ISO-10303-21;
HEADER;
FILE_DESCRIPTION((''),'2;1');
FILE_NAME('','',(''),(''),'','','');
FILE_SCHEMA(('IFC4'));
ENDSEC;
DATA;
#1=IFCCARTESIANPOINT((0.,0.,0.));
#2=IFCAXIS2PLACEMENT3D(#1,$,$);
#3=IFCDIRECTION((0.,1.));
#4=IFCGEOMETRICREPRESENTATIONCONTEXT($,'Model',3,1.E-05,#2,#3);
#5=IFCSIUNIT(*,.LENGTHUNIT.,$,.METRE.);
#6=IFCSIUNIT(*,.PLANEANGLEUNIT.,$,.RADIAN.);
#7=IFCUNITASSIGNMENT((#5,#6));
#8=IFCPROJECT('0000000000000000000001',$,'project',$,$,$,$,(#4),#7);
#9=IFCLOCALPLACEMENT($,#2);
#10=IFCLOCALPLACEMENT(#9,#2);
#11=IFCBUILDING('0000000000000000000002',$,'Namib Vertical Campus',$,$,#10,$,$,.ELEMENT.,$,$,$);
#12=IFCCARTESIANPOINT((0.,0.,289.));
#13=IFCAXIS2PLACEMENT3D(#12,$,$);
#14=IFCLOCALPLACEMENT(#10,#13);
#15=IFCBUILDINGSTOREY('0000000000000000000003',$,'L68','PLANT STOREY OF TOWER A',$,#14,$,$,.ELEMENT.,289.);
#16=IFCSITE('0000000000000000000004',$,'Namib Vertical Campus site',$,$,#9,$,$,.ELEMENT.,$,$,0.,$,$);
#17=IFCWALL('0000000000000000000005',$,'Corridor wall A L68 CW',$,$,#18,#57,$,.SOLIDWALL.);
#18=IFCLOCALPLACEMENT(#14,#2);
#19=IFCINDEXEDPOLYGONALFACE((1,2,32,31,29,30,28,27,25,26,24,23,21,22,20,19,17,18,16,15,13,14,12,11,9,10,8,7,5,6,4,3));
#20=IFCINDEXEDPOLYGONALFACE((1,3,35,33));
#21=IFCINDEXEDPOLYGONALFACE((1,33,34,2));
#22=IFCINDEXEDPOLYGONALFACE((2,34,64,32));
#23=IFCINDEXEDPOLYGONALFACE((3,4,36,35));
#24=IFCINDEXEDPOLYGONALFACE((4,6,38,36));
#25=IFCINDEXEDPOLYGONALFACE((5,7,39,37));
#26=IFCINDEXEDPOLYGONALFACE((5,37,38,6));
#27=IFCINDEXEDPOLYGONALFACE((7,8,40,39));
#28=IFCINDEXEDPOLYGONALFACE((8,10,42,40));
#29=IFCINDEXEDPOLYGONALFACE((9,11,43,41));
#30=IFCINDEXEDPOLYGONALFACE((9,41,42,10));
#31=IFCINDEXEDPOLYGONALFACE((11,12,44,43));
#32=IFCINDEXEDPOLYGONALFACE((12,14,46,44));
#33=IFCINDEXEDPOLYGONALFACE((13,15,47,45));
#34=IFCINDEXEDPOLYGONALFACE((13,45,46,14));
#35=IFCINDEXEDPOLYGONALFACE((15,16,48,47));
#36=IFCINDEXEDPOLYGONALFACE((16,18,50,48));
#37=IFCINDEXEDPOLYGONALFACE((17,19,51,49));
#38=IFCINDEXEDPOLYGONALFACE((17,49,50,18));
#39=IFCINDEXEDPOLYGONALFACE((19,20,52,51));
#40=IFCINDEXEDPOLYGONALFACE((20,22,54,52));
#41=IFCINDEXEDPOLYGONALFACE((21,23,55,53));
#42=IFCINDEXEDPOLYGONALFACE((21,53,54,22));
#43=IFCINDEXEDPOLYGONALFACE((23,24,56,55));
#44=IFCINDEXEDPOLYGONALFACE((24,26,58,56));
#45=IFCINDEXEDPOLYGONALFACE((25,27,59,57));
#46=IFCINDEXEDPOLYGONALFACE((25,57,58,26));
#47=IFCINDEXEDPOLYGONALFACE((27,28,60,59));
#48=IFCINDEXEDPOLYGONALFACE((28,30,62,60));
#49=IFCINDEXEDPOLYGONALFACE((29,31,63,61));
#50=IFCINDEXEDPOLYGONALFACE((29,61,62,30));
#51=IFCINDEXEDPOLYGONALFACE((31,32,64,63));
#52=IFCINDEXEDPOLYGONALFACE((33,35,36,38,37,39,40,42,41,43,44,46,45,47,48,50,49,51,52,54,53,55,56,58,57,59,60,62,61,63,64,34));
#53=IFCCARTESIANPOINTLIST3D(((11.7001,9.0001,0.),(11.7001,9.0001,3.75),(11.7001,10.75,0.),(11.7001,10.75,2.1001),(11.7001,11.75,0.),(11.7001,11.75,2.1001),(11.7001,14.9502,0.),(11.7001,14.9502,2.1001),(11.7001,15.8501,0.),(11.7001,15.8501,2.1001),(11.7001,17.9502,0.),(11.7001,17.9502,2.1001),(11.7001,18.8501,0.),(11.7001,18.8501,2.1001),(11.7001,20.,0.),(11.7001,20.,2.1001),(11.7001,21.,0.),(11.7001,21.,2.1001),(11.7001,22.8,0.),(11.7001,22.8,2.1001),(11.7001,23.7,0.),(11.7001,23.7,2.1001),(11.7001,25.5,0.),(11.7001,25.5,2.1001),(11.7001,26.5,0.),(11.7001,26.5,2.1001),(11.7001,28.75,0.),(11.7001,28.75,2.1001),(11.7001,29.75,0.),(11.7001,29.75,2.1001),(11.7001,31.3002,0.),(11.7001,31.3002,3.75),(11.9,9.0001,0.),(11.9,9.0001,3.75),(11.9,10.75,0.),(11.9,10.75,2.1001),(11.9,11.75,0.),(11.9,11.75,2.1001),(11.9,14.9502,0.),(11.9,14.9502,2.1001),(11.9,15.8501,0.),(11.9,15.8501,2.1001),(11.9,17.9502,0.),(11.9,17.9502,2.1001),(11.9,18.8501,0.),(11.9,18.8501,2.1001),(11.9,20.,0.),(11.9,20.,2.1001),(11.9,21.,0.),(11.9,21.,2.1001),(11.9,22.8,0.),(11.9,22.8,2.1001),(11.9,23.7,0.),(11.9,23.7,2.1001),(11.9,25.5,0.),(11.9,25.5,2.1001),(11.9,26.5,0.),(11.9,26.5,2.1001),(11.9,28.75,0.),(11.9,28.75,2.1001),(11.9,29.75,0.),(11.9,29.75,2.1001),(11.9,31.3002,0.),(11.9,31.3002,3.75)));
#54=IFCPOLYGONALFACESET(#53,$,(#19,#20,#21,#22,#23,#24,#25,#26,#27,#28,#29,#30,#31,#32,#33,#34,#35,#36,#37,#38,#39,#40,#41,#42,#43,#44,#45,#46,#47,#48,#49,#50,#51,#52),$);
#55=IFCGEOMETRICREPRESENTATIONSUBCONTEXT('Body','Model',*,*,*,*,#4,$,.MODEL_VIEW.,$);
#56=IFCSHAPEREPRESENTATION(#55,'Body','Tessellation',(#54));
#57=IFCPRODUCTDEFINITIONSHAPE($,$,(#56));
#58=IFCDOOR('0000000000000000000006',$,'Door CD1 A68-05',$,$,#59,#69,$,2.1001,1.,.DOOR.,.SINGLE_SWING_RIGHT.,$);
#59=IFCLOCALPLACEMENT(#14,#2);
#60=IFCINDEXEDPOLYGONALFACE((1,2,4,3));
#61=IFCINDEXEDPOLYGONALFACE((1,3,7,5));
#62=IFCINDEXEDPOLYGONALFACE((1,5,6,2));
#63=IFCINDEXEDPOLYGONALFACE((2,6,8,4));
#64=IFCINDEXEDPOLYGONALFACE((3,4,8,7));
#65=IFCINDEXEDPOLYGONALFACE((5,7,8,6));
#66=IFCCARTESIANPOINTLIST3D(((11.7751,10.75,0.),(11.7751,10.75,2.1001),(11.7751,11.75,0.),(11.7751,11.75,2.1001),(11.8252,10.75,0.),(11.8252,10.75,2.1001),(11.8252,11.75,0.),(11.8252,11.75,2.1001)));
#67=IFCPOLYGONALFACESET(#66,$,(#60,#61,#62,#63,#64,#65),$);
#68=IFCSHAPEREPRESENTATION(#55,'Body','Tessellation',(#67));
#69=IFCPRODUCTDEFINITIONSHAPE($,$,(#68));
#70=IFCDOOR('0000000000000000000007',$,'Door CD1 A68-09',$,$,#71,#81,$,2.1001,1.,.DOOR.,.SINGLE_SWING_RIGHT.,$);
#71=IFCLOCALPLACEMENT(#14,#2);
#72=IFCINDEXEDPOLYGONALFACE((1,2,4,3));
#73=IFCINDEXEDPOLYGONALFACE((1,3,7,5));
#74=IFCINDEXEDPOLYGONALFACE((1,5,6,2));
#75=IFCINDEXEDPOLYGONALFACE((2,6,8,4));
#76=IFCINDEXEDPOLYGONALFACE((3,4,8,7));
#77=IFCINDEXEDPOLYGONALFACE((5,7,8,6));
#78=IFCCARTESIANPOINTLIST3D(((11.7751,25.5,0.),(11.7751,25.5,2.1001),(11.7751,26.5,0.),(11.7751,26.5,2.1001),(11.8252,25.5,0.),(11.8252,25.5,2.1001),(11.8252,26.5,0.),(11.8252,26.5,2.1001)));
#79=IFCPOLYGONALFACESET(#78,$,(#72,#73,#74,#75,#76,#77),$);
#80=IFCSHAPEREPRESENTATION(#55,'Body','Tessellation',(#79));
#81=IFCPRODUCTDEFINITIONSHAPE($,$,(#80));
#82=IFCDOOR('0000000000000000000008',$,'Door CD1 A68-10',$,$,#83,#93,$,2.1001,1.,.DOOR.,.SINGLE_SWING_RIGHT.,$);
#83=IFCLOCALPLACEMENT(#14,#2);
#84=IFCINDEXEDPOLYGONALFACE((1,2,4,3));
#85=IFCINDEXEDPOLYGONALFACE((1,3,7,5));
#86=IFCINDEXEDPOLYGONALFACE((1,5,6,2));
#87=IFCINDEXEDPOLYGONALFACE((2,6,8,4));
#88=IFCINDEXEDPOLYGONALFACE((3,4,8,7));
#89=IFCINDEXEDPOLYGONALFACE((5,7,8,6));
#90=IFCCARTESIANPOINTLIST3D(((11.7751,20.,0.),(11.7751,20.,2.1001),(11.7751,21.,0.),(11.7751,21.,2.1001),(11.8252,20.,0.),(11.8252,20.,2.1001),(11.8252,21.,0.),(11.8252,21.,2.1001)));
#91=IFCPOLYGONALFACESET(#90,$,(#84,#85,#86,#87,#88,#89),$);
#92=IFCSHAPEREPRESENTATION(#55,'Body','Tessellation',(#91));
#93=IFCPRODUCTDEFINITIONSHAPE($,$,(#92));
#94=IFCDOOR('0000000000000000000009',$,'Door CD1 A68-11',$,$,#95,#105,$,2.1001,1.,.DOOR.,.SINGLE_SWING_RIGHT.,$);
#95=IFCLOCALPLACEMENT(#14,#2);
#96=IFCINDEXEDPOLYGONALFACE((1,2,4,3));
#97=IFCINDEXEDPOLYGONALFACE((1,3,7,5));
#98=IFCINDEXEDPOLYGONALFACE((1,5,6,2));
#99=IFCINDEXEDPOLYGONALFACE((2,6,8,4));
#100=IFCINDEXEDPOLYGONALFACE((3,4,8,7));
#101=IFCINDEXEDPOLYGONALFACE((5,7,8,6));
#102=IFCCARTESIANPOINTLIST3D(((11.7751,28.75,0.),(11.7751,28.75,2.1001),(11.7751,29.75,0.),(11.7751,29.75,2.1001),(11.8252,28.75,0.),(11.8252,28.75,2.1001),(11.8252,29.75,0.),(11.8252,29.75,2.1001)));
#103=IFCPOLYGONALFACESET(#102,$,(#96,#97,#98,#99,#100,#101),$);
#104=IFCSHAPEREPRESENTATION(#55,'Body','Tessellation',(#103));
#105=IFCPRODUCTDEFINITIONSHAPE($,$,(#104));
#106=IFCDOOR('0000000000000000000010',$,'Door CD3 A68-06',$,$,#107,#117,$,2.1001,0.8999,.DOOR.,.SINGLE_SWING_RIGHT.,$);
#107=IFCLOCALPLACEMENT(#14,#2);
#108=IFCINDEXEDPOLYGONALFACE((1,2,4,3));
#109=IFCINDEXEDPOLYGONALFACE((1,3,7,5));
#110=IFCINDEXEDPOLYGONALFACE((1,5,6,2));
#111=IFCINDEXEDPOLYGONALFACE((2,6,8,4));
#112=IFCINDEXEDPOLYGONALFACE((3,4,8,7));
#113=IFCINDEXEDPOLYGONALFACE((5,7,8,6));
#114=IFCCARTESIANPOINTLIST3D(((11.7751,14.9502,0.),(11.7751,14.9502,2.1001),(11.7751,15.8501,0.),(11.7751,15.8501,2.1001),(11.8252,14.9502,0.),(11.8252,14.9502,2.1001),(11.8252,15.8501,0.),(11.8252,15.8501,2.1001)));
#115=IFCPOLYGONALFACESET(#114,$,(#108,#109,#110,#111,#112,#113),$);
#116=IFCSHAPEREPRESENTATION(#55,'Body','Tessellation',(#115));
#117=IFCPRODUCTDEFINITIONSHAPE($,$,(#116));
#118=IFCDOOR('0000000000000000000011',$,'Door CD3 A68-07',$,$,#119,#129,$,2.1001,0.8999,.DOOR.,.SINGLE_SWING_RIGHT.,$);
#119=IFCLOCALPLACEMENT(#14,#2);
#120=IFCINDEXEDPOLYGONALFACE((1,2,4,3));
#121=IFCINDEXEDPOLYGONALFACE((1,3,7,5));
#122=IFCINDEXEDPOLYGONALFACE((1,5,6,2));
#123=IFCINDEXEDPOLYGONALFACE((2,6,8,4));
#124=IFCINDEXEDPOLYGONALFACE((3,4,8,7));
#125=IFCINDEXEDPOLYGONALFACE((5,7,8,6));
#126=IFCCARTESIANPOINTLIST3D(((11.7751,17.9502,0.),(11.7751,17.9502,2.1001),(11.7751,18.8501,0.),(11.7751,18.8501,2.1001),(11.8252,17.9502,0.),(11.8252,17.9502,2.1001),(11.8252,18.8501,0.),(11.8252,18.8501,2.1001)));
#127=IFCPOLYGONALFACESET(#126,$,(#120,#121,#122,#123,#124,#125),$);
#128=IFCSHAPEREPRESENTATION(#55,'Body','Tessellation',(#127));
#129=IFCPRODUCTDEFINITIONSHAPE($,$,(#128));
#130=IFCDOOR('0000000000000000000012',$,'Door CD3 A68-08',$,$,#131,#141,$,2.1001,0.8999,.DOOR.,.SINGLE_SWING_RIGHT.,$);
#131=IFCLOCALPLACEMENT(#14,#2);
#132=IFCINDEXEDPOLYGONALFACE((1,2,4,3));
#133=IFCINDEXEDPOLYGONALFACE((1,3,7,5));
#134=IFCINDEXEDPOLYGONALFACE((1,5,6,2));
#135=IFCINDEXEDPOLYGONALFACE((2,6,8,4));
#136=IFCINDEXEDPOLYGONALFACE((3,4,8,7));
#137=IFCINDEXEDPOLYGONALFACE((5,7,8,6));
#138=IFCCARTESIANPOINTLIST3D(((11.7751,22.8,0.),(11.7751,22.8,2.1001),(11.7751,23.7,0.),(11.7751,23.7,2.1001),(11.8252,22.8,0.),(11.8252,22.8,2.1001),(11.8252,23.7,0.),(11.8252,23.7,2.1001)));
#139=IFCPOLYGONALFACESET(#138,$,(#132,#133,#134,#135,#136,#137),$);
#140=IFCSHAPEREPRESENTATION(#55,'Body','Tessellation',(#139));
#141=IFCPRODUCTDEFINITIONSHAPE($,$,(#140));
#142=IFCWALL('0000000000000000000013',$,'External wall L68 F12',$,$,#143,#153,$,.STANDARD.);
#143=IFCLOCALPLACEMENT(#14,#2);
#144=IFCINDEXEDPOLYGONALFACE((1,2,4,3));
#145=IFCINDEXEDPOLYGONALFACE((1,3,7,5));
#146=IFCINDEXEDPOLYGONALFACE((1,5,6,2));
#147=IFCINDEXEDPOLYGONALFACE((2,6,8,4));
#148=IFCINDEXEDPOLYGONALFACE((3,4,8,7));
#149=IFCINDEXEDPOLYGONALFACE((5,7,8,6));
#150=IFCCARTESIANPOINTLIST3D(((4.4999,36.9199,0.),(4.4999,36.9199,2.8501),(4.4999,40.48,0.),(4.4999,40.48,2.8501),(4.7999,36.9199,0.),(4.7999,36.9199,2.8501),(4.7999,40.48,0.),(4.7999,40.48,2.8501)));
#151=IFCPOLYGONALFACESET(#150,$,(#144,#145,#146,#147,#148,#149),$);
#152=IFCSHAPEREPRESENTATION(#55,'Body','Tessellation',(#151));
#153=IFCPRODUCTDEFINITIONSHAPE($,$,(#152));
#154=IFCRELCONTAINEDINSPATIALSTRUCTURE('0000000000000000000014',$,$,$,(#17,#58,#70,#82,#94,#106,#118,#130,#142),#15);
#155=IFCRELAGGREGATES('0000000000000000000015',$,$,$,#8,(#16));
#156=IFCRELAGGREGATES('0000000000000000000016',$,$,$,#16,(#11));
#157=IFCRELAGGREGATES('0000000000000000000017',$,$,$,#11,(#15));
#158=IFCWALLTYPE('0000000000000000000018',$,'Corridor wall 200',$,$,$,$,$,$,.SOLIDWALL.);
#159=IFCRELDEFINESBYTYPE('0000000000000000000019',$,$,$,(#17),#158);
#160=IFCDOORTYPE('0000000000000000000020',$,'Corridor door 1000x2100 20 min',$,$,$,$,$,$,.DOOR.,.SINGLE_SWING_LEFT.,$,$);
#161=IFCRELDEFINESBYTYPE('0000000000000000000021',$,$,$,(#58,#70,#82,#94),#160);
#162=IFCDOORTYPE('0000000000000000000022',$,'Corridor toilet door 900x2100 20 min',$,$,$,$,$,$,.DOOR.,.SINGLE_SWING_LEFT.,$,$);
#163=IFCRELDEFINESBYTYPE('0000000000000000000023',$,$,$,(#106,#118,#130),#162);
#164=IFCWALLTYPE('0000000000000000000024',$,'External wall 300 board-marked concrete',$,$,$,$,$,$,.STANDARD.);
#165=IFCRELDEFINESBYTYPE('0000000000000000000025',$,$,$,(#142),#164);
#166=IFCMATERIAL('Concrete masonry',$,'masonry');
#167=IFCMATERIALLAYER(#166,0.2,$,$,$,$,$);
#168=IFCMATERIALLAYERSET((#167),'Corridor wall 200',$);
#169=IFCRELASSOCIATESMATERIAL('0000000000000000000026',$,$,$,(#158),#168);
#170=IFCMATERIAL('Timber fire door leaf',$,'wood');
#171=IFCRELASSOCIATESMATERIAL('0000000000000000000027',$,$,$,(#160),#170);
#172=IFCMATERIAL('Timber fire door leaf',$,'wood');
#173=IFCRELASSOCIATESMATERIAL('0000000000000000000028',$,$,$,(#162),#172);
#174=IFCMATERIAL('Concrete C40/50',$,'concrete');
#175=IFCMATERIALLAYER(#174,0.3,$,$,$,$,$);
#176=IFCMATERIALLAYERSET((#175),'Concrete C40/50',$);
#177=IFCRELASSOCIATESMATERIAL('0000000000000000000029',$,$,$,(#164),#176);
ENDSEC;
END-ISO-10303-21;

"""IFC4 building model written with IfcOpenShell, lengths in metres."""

from ifc_helpers import new_model, si_unit, direction, frame, frame_2d, origin, place, context, subcontext, project, spatial, rectangle, extrude, material, layer, layer_set, type_object, element, fill, save


model = new_model("IFC4")

# Units and contexts
model_context = context("Model", 3, precision=1e-05, world=origin(), true_north=direction((0.0, 1.0)))
body_context = subcontext(model_context, "Body", "Model", "MODEL_VIEW")
ifc_project = project(units=[si_unit("LENGTHUNIT", "METRE"), si_unit("PLANEANGLEUNIT", "RADIAN")], contexts=[model_context])

# Site, building, storey
site_placement = place(None, origin())
site = spatial("IfcSite", under=ifc_project, at=site_placement, Name="Namib Vertical Campus site", CompositionType="ELEMENT", RefElevation=0.0)
building_placement = place(site_placement, origin())
building = spatial("IfcBuilding", under=site, at=building_placement, Name="Namib Vertical Campus", CompositionType="ELEMENT")
storey_placement = place(building_placement, frame((0.0, 0.0, 289.0)))
storey = spatial("IfcBuildingStorey", under=building, at=storey_placement, Name="L68", Description="PLANT STOREY OF TOWER A", CompositionType="ELEMENT", Elevation=289.0)

# Wall, openings, doors
ifc_material_1 = material(Name="Concrete masonry", Category="masonry")
ifc_layer_1 = layer(ifc_material_1, 0.2)
ifc_layer_set_1 = layer_set([ifc_layer_1], Name="Corridor wall 200")
wall_type_1 = type_object("IfcWallType", Name="Corridor wall 200", PredefinedType="SOLIDWALL", material=ifc_layer_set_1)
wall_1_placement = place(storey_placement, frame((11.8, 31.3, 0.0), z_axis=(0.0, 0.0, 1.0), x_axis=(0.0, -1.0, 0.0)))
wall_1 = element("IfcWall", 1, at=wall_1_placement, inside=storey, type_object=wall_type_1, Name="Corridor wall A L68 CW", PredefinedType="SOLIDWALL", context=body_context, shape_type="SweptSolid", body=[
    extrude(rectangle(XDim=22.3, YDim=0.2, at=frame_2d((11.1499, 0.0))), origin(), (0.0, 0.0, 1.0), 3.75),
])
opening_1_placement = place(wall_1_placement, frame((19.55, 0.0, 0.0)))
opening_1 = element("IfcOpeningElement", 2, at=opening_1_placement, cuts=wall_1, PredefinedType="OPENING", context=body_context, shape_type="SweptSolid", body=[
    extrude(rectangle(XDim=1.0, YDim=2.1001, at=frame_2d((0.5, 1.05))), frame((0.0, 0.1099, 0.0), z_axis=(0.0, -1.0, 0.0), x_axis=(1.0, 0.0, 0.0)), (0.0, 0.0, 1.0), 0.22),
])
opening_2_placement = place(wall_1_placement, frame((15.45, 0.0, 0.0)))
opening_2 = element("IfcOpeningElement", 3, at=opening_2_placement, cuts=wall_1, PredefinedType="OPENING", context=body_context, shape_type="SweptSolid", body=[
    extrude(rectangle(XDim=0.8999, YDim=2.1001, at=frame_2d((0.45, 1.05))), frame((0.0, 0.1099, 0.0), z_axis=(0.0, -1.0, 0.0), x_axis=(1.0, 0.0, 0.0)), (0.0, 0.0, 1.0), 0.22),
])
opening_3_placement = place(wall_1_placement, frame((12.45, 0.0, 0.0)))
opening_3 = element("IfcOpeningElement", 4, at=opening_3_placement, cuts=wall_1, PredefinedType="OPENING", context=body_context, shape_type="SweptSolid", body=[
    extrude(rectangle(XDim=0.8999, YDim=2.1001, at=frame_2d((0.45, 1.05))), frame((0.0, 0.1099, 0.0), z_axis=(0.0, -1.0, 0.0), x_axis=(1.0, 0.0, 0.0)), (0.0, 0.0, 1.0), 0.22),
])
opening_4_placement = place(wall_1_placement, frame((7.6001, 0.0, 0.0)))
opening_4 = element("IfcOpeningElement", 5, at=opening_4_placement, cuts=wall_1, PredefinedType="OPENING", context=body_context, shape_type="SweptSolid", body=[
    extrude(rectangle(XDim=0.8999, YDim=2.1001, at=frame_2d((0.45, 1.05))), frame((0.0, 0.1099, 0.0), z_axis=(0.0, -1.0, 0.0), x_axis=(1.0, 0.0, 0.0)), (0.0, 0.0, 1.0), 0.22),
])
opening_5_placement = place(wall_1_placement, frame((4.8, 0.0, 0.0)))
opening_5 = element("IfcOpeningElement", 6, at=opening_5_placement, cuts=wall_1, PredefinedType="OPENING", context=body_context, shape_type="SweptSolid", body=[
    extrude(rectangle(XDim=1.0, YDim=2.1001, at=frame_2d((0.5, 1.05))), frame((0.0, 0.1099, 0.0), z_axis=(0.0, -1.0, 0.0), x_axis=(1.0, 0.0, 0.0)), (0.0, 0.0, 1.0), 0.22),
])
opening_6_placement = place(wall_1_placement, frame((10.3, 0.0, 0.0)))
opening_6 = element("IfcOpeningElement", 7, at=opening_6_placement, cuts=wall_1, PredefinedType="OPENING", context=body_context, shape_type="SweptSolid", body=[
    extrude(rectangle(XDim=1.0, YDim=2.1001, at=frame_2d((0.5, 1.05))), frame((0.0, 0.1099, 0.0), z_axis=(0.0, -1.0, 0.0), x_axis=(1.0, 0.0, 0.0)), (0.0, 0.0, 1.0), 0.22),
])
opening_7_placement = place(wall_1_placement, frame((1.55, 0.0, 0.0)))
opening_7 = element("IfcOpeningElement", 8, at=opening_7_placement, cuts=wall_1, PredefinedType="OPENING", context=body_context, shape_type="SweptSolid", body=[
    extrude(rectangle(XDim=1.0, YDim=2.1001, at=frame_2d((0.5, 1.05))), frame((0.0, 0.1099, 0.0), z_axis=(0.0, -1.0, 0.0), x_axis=(1.0, 0.0, 0.0)), (0.0, 0.0, 1.0), 0.22),
])
ifc_material_2 = material(Name="Timber fire door leaf", Category="wood")
door_type_1 = type_object("IfcDoorType", Name="Corridor door 1000x2100 20 min", OperationType="SINGLE_SWING_LEFT", PredefinedType="DOOR", material=ifc_material_2)
door_1_placement = place(opening_1_placement, frame((1.0, 0.0, 0.0), z_axis=(0.0, 0.0, 1.0), x_axis=(-1.0, 0.0, 0.0)))
door_1 = element("IfcDoor", 9, at=door_1_placement, inside=storey, type_object=door_type_1, Name="Door CD1 A68-05", OperationType="SINGLE_SWING_RIGHT", OverallHeight=2.1001, OverallWidth=1.0, PredefinedType="DOOR", context=body_context, shape_type="SweptSolid", body=[
    extrude(rectangle(XDim=1.0, YDim=2.1001, at=frame_2d((0.5, 1.05))), frame((0.0, 0.0249, 0.0), z_axis=(0.0, -1.0, 0.0), x_axis=(1.0, 0.0, 0.0)), (0.0, 0.0, 1.0), 0.05),
])
fill(opening_1, door_1)
door_2_placement = place(opening_5_placement, frame((1.0, 0.0, 0.0), z_axis=(0.0, 0.0, 1.0), x_axis=(-1.0, 0.0, 0.0)))
door_2 = element("IfcDoor", 10, at=door_2_placement, inside=storey, type_object=door_type_1, Name="Door CD1 A68-09", OperationType="SINGLE_SWING_RIGHT", OverallHeight=2.1001, OverallWidth=1.0, PredefinedType="DOOR", context=body_context, shape_type="SweptSolid", body=[
    extrude(rectangle(XDim=1.0, YDim=2.1001, at=frame_2d((0.5, 1.05))), frame((0.0, 0.0249, 0.0), z_axis=(0.0, -1.0, 0.0), x_axis=(1.0, 0.0, 0.0)), (0.0, 0.0, 1.0), 0.05),
])
fill(opening_5, door_2)
door_3_placement = place(opening_6_placement, frame((1.0, 0.0, 0.0), z_axis=(0.0, 0.0, 1.0), x_axis=(-1.0, 0.0, 0.0)))
door_3 = element("IfcDoor", 11, at=door_3_placement, inside=storey, type_object=door_type_1, Name="Door CD1 A68-10", OperationType="SINGLE_SWING_RIGHT", OverallHeight=2.1001, OverallWidth=1.0, PredefinedType="DOOR", context=body_context, shape_type="SweptSolid", body=[
    extrude(rectangle(XDim=1.0, YDim=2.1001, at=frame_2d((0.5, 1.05))), frame((0.0, 0.0249, 0.0), z_axis=(0.0, -1.0, 0.0), x_axis=(1.0, 0.0, 0.0)), (0.0, 0.0, 1.0), 0.05),
])
fill(opening_6, door_3)
door_4_placement = place(opening_7_placement, frame((1.0, 0.0, 0.0), z_axis=(0.0, 0.0, 1.0), x_axis=(-1.0, 0.0, 0.0)))
door_4 = element("IfcDoor", 12, at=door_4_placement, inside=storey, type_object=door_type_1, Name="Door CD1 A68-11", OperationType="SINGLE_SWING_RIGHT", OverallHeight=2.1001, OverallWidth=1.0, PredefinedType="DOOR", context=body_context, shape_type="SweptSolid", body=[
    extrude(rectangle(XDim=1.0, YDim=2.1001, at=frame_2d((0.5, 1.05))), frame((0.0, 0.0249, 0.0), z_axis=(0.0, -1.0, 0.0), x_axis=(1.0, 0.0, 0.0)), (0.0, 0.0, 1.0), 0.05),
])
fill(opening_7, door_4)
ifc_material_3 = material(Name="Timber fire door leaf", Category="wood")
door_type_2 = type_object("IfcDoorType", Name="Corridor toilet door 900x2100 20 min", OperationType="SINGLE_SWING_LEFT", PredefinedType="DOOR", material=ifc_material_3)
door_5_placement = place(opening_2_placement, frame((0.8999, 0.0, 0.0), z_axis=(0.0, 0.0, 1.0), x_axis=(-1.0, 0.0, 0.0)))
door_5 = element("IfcDoor", 13, at=door_5_placement, inside=storey, type_object=door_type_2, Name="Door CD3 A68-06", OperationType="SINGLE_SWING_RIGHT", OverallHeight=2.1001, OverallWidth=0.8999, PredefinedType="DOOR", context=body_context, shape_type="SweptSolid", body=[
    extrude(rectangle(XDim=0.8999, YDim=2.1001, at=frame_2d((0.45, 1.05))), frame((0.0, 0.0249, 0.0), z_axis=(0.0, -1.0, 0.0), x_axis=(1.0, 0.0, 0.0)), (0.0, 0.0, 1.0), 0.05),
])
fill(opening_2, door_5)
door_6_placement = place(opening_3_placement, frame((0.8999, 0.0, 0.0), z_axis=(0.0, 0.0, 1.0), x_axis=(-1.0, 0.0, 0.0)))
door_6 = element("IfcDoor", 14, at=door_6_placement, inside=storey, type_object=door_type_2, Name="Door CD3 A68-07", OperationType="SINGLE_SWING_RIGHT", OverallHeight=2.1001, OverallWidth=0.8999, PredefinedType="DOOR", context=body_context, shape_type="SweptSolid", body=[
    extrude(rectangle(XDim=0.8999, YDim=2.1001, at=frame_2d((0.45, 1.05))), frame((0.0, 0.0249, 0.0), z_axis=(0.0, -1.0, 0.0), x_axis=(1.0, 0.0, 0.0)), (0.0, 0.0, 1.0), 0.05),
])
fill(opening_3, door_6)
door_7_placement = place(opening_4_placement, frame((0.8999, 0.0, 0.0), z_axis=(0.0, 0.0, 1.0), x_axis=(-1.0, 0.0, 0.0)))
door_7 = element("IfcDoor", 15, at=door_7_placement, inside=storey, type_object=door_type_2, Name="Door CD3 A68-08", OperationType="SINGLE_SWING_RIGHT", OverallHeight=2.1001, OverallWidth=0.8999, PredefinedType="DOOR", context=body_context, shape_type="SweptSolid", body=[
    extrude(rectangle(XDim=0.8999, YDim=2.1001, at=frame_2d((0.45, 1.05))), frame((0.0, 0.0249, 0.0), z_axis=(0.0, -1.0, 0.0), x_axis=(1.0, 0.0, 0.0)), (0.0, 0.0, 1.0), 0.05),
])
fill(opening_4, door_7)

# Wall
ifc_material_4 = material(Name="Concrete C40/50", Category="concrete")
ifc_layer_2 = layer(ifc_material_4, 0.3)
ifc_layer_set_2 = layer_set([ifc_layer_2], Name="Concrete C40/50")
wall_type_2 = type_object("IfcWallType", Name="External wall 300 board-marked concrete", PredefinedType="STANDARD", material=ifc_layer_set_2)
wall_2_placement = place(storey_placement, frame((4.6499, 40.48, 0.0), z_axis=(0.0, 0.0, 1.0), x_axis=(0.0, -1.0, 0.0)))
element("IfcWall", 16, at=wall_2_placement, inside=storey, type_object=wall_type_2, Name="External wall L68 F12", PredefinedType="STANDARD", context=body_context, shape_type="SweptSolid", body=[
    extrude(rectangle(XDim=3.5601, YDim=0.3, at=frame_2d((1.78, 0.0))), origin(), (0.0, 0.0, 1.0), 2.8501),
])

save(model, "model.ifc")
